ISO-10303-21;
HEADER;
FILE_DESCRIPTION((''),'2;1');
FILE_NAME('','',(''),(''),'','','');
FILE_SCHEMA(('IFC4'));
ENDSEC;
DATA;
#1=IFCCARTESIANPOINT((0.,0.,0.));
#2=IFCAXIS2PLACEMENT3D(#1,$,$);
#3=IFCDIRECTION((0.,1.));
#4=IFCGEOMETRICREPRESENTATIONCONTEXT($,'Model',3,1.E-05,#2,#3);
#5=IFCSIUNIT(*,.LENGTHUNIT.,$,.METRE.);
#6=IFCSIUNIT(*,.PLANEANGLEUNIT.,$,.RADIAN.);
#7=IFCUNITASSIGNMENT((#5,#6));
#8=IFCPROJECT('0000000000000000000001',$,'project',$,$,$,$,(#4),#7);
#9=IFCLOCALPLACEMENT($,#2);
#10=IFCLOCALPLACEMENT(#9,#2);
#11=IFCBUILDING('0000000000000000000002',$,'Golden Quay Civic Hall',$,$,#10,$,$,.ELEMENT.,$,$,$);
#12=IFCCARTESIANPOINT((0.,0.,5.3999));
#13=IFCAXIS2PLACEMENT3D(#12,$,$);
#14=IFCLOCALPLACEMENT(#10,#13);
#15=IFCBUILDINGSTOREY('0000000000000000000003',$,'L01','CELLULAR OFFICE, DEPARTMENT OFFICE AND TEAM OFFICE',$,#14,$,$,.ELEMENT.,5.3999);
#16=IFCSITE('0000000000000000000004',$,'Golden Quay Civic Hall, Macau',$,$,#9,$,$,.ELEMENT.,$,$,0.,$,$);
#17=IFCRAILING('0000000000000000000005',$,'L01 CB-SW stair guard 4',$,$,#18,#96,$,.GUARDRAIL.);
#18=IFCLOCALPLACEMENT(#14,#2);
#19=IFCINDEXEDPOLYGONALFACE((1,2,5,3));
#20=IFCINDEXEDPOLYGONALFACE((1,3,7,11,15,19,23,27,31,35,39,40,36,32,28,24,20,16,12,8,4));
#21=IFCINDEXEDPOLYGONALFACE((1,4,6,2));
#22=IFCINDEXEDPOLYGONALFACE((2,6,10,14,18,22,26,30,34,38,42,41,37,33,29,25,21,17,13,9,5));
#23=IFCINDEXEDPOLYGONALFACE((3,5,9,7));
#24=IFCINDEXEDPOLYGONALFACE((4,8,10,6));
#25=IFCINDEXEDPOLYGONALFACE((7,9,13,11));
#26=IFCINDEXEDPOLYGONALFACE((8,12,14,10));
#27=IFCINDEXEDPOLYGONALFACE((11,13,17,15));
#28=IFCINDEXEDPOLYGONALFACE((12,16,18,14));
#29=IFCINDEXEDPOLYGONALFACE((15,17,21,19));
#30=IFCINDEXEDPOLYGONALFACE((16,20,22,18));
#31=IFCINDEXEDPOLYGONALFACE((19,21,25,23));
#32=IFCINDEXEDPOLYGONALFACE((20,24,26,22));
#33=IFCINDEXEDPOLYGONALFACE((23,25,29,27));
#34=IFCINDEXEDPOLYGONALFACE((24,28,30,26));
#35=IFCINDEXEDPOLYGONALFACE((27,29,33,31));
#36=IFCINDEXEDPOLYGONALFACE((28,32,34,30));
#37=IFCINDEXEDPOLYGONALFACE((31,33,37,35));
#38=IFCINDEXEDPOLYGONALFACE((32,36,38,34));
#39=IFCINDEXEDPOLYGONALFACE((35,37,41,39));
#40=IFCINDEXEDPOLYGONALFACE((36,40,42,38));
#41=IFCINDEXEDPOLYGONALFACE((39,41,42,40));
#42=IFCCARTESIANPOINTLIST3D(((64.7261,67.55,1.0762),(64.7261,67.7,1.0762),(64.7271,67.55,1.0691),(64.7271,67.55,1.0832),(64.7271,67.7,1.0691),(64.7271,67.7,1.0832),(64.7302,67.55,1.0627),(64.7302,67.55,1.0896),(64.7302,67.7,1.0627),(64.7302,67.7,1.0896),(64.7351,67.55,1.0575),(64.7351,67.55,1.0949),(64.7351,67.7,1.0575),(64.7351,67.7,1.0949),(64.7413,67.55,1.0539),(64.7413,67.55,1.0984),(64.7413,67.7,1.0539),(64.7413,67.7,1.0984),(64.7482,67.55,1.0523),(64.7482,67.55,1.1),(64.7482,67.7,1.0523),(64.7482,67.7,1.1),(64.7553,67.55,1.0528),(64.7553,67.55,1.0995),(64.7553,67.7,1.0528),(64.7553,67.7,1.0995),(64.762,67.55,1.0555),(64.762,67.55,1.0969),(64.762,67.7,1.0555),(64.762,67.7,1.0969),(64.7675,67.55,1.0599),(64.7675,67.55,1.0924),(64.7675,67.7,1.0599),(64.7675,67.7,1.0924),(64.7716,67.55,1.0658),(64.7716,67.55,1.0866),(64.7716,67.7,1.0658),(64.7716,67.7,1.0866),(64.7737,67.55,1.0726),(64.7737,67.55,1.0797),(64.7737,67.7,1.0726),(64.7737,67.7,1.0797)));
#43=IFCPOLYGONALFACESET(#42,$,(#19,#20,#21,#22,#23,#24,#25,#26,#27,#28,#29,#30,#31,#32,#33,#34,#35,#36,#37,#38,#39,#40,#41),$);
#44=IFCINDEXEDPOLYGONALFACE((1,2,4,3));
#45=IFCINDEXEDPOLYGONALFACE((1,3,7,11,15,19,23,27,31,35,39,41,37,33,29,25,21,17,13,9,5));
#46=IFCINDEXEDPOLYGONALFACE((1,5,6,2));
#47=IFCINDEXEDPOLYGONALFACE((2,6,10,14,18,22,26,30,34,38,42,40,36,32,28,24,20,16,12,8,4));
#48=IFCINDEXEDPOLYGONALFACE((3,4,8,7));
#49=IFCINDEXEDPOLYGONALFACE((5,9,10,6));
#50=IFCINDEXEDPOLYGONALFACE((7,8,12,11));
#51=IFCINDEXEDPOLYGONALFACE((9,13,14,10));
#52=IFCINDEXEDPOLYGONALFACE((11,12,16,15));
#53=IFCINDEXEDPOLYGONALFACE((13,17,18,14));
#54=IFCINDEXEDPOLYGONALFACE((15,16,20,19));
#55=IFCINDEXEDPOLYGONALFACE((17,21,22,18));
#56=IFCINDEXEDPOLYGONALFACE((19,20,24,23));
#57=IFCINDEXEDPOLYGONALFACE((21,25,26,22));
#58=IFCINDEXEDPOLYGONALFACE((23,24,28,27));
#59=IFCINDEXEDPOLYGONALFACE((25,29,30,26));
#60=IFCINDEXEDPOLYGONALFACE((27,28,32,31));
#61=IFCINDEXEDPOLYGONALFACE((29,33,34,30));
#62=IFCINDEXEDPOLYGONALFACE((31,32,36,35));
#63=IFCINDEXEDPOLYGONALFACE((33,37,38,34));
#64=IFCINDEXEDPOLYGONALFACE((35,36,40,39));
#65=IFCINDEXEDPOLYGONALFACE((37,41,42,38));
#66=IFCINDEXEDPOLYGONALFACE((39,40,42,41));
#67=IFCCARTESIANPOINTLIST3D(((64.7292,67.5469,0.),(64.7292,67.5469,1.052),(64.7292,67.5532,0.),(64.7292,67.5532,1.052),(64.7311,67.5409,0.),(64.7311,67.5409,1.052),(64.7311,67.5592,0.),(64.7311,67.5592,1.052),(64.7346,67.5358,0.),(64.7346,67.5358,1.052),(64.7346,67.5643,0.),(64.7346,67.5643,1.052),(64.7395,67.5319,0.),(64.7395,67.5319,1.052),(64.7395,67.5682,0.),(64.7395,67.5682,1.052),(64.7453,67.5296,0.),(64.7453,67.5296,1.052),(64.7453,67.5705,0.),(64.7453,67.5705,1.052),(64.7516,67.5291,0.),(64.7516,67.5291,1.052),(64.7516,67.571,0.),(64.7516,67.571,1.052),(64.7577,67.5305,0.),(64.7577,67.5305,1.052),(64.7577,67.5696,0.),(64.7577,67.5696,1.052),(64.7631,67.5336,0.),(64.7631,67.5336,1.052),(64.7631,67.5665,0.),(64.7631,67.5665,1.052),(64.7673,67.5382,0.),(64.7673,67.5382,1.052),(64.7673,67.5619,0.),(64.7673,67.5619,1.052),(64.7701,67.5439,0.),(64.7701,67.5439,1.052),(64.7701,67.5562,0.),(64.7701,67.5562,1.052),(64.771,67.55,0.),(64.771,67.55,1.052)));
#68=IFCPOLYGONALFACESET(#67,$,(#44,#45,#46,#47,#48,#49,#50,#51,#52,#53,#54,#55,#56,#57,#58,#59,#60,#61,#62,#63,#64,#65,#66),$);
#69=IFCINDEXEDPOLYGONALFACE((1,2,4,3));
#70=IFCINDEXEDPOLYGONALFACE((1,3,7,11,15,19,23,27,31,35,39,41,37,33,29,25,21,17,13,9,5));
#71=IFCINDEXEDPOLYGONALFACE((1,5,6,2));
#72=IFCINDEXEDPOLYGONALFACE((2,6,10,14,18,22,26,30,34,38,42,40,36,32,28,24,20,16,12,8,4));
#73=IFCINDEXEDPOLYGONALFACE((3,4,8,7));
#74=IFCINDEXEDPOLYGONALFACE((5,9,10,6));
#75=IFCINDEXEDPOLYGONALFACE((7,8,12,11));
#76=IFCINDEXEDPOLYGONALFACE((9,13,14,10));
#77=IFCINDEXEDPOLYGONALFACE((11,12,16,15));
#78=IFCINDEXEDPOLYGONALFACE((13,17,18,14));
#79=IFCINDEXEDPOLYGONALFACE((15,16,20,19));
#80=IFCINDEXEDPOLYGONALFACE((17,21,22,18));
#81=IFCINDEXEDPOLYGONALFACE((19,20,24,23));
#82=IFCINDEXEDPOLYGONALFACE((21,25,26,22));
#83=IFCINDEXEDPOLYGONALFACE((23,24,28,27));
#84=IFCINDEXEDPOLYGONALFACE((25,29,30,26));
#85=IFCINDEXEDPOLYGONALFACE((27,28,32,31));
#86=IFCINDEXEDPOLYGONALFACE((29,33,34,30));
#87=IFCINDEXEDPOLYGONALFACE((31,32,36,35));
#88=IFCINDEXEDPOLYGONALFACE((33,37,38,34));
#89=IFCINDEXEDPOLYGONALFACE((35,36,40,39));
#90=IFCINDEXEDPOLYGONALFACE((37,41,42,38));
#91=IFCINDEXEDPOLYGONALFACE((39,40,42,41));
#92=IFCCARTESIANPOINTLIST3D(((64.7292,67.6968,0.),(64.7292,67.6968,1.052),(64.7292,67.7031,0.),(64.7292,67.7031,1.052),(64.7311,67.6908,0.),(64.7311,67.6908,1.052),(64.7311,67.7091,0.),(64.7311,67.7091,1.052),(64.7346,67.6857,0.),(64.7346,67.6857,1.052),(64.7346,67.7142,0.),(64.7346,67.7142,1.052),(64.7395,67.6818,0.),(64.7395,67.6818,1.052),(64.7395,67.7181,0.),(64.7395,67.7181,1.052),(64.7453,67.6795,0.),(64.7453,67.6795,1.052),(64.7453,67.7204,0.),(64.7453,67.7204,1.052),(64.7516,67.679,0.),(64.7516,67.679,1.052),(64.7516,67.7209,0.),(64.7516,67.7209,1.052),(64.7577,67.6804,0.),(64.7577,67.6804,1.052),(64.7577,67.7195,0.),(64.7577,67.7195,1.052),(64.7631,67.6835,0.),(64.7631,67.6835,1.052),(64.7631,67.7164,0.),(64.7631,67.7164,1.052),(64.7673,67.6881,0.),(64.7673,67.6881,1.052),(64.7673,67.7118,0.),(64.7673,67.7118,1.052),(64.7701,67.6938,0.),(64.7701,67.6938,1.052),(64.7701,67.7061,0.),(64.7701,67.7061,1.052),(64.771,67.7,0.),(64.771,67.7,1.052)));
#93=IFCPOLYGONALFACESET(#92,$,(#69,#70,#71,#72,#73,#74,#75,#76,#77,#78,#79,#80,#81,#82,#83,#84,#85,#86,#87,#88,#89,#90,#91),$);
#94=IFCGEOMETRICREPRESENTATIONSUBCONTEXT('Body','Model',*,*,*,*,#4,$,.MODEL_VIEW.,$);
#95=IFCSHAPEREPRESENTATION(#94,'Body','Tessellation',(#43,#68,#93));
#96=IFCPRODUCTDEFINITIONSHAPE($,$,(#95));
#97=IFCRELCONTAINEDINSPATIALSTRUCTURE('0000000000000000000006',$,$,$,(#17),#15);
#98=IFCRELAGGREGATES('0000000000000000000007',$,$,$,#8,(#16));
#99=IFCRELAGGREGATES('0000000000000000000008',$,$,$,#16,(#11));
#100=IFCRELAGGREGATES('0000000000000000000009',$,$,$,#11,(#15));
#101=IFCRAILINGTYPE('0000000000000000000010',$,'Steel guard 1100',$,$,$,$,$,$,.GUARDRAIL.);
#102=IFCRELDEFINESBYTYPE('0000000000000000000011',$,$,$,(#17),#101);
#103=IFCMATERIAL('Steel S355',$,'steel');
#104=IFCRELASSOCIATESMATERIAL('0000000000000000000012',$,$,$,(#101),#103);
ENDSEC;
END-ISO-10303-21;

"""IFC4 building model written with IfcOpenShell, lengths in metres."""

from ifc_helpers import new_model, si_unit, direction, frame, origin, origin_2d, place, context, subcontext, project, spatial, circle, extrude, material, type_object, element, save


model = new_model("IFC4")

# Units and contexts
model_context = context("Model", 3, precision=1e-05, world=origin(), true_north=direction((0.0, 1.0)))
body_context = subcontext(model_context, "Body", "Model", "MODEL_VIEW")
ifc_project = project(units=[si_unit("LENGTHUNIT", "METRE"), si_unit("PLANEANGLEUNIT", "RADIAN")], contexts=[model_context])

# Site, building, storey
site_placement = place(None, origin())
site = spatial("IfcSite", under=ifc_project, at=site_placement, Name="Golden Quay Civic Hall, Macau", CompositionType="ELEMENT", RefElevation=0.0)
building_placement = place(site_placement, origin())
building = spatial("IfcBuilding", under=site, at=building_placement, Name="Golden Quay Civic Hall", CompositionType="ELEMENT")
storey_placement = place(building_placement, frame((0.0, 0.0, 5.3999)))
storey = spatial("IfcBuildingStorey", under=building, at=storey_placement, Name="L01", Description="CELLULAR OFFICE, DEPARTMENT OFFICE AND TEAM OFFICE", CompositionType="ELEMENT", Elevation=5.3999)

# Railing
ifc_material_1 = material(Name="Steel S355", Category="steel")
railing_type_1 = type_object("IfcRailingType", Name="Steel guard 1100", PredefinedType="GUARDRAIL", material=ifc_material_1)
railing_1_placement = place(storey_placement, frame((64.75, 67.55, 0.0)))
element("IfcRailing", 1, at=railing_1_placement, inside=storey, type_object=railing_type_1, Name="L01 CB-SW stair guard 4", PredefinedType="GUARDRAIL", context=body_context, shape_type="SweptSolid", body=[
    extrude(circle(Radius=0.0239, at=origin_2d()), frame((0.0, 0.0, 1.0762), z_axis=(0.0, 1.0, 0.0), x_axis=(-1.0, 0.0, 0.0)), (0.0, 0.0, 1.0), 0.1499),
    extrude(circle(Radius=0.021, at=origin_2d()), origin(), (0.0, 0.0, 1.0), 1.052),
    extrude(circle(Radius=0.021, at=origin_2d()), frame((0.0, 0.1499, 0.0)), (0.0, 0.0, 1.0), 1.052),
])

save(model, "model.ifc")
